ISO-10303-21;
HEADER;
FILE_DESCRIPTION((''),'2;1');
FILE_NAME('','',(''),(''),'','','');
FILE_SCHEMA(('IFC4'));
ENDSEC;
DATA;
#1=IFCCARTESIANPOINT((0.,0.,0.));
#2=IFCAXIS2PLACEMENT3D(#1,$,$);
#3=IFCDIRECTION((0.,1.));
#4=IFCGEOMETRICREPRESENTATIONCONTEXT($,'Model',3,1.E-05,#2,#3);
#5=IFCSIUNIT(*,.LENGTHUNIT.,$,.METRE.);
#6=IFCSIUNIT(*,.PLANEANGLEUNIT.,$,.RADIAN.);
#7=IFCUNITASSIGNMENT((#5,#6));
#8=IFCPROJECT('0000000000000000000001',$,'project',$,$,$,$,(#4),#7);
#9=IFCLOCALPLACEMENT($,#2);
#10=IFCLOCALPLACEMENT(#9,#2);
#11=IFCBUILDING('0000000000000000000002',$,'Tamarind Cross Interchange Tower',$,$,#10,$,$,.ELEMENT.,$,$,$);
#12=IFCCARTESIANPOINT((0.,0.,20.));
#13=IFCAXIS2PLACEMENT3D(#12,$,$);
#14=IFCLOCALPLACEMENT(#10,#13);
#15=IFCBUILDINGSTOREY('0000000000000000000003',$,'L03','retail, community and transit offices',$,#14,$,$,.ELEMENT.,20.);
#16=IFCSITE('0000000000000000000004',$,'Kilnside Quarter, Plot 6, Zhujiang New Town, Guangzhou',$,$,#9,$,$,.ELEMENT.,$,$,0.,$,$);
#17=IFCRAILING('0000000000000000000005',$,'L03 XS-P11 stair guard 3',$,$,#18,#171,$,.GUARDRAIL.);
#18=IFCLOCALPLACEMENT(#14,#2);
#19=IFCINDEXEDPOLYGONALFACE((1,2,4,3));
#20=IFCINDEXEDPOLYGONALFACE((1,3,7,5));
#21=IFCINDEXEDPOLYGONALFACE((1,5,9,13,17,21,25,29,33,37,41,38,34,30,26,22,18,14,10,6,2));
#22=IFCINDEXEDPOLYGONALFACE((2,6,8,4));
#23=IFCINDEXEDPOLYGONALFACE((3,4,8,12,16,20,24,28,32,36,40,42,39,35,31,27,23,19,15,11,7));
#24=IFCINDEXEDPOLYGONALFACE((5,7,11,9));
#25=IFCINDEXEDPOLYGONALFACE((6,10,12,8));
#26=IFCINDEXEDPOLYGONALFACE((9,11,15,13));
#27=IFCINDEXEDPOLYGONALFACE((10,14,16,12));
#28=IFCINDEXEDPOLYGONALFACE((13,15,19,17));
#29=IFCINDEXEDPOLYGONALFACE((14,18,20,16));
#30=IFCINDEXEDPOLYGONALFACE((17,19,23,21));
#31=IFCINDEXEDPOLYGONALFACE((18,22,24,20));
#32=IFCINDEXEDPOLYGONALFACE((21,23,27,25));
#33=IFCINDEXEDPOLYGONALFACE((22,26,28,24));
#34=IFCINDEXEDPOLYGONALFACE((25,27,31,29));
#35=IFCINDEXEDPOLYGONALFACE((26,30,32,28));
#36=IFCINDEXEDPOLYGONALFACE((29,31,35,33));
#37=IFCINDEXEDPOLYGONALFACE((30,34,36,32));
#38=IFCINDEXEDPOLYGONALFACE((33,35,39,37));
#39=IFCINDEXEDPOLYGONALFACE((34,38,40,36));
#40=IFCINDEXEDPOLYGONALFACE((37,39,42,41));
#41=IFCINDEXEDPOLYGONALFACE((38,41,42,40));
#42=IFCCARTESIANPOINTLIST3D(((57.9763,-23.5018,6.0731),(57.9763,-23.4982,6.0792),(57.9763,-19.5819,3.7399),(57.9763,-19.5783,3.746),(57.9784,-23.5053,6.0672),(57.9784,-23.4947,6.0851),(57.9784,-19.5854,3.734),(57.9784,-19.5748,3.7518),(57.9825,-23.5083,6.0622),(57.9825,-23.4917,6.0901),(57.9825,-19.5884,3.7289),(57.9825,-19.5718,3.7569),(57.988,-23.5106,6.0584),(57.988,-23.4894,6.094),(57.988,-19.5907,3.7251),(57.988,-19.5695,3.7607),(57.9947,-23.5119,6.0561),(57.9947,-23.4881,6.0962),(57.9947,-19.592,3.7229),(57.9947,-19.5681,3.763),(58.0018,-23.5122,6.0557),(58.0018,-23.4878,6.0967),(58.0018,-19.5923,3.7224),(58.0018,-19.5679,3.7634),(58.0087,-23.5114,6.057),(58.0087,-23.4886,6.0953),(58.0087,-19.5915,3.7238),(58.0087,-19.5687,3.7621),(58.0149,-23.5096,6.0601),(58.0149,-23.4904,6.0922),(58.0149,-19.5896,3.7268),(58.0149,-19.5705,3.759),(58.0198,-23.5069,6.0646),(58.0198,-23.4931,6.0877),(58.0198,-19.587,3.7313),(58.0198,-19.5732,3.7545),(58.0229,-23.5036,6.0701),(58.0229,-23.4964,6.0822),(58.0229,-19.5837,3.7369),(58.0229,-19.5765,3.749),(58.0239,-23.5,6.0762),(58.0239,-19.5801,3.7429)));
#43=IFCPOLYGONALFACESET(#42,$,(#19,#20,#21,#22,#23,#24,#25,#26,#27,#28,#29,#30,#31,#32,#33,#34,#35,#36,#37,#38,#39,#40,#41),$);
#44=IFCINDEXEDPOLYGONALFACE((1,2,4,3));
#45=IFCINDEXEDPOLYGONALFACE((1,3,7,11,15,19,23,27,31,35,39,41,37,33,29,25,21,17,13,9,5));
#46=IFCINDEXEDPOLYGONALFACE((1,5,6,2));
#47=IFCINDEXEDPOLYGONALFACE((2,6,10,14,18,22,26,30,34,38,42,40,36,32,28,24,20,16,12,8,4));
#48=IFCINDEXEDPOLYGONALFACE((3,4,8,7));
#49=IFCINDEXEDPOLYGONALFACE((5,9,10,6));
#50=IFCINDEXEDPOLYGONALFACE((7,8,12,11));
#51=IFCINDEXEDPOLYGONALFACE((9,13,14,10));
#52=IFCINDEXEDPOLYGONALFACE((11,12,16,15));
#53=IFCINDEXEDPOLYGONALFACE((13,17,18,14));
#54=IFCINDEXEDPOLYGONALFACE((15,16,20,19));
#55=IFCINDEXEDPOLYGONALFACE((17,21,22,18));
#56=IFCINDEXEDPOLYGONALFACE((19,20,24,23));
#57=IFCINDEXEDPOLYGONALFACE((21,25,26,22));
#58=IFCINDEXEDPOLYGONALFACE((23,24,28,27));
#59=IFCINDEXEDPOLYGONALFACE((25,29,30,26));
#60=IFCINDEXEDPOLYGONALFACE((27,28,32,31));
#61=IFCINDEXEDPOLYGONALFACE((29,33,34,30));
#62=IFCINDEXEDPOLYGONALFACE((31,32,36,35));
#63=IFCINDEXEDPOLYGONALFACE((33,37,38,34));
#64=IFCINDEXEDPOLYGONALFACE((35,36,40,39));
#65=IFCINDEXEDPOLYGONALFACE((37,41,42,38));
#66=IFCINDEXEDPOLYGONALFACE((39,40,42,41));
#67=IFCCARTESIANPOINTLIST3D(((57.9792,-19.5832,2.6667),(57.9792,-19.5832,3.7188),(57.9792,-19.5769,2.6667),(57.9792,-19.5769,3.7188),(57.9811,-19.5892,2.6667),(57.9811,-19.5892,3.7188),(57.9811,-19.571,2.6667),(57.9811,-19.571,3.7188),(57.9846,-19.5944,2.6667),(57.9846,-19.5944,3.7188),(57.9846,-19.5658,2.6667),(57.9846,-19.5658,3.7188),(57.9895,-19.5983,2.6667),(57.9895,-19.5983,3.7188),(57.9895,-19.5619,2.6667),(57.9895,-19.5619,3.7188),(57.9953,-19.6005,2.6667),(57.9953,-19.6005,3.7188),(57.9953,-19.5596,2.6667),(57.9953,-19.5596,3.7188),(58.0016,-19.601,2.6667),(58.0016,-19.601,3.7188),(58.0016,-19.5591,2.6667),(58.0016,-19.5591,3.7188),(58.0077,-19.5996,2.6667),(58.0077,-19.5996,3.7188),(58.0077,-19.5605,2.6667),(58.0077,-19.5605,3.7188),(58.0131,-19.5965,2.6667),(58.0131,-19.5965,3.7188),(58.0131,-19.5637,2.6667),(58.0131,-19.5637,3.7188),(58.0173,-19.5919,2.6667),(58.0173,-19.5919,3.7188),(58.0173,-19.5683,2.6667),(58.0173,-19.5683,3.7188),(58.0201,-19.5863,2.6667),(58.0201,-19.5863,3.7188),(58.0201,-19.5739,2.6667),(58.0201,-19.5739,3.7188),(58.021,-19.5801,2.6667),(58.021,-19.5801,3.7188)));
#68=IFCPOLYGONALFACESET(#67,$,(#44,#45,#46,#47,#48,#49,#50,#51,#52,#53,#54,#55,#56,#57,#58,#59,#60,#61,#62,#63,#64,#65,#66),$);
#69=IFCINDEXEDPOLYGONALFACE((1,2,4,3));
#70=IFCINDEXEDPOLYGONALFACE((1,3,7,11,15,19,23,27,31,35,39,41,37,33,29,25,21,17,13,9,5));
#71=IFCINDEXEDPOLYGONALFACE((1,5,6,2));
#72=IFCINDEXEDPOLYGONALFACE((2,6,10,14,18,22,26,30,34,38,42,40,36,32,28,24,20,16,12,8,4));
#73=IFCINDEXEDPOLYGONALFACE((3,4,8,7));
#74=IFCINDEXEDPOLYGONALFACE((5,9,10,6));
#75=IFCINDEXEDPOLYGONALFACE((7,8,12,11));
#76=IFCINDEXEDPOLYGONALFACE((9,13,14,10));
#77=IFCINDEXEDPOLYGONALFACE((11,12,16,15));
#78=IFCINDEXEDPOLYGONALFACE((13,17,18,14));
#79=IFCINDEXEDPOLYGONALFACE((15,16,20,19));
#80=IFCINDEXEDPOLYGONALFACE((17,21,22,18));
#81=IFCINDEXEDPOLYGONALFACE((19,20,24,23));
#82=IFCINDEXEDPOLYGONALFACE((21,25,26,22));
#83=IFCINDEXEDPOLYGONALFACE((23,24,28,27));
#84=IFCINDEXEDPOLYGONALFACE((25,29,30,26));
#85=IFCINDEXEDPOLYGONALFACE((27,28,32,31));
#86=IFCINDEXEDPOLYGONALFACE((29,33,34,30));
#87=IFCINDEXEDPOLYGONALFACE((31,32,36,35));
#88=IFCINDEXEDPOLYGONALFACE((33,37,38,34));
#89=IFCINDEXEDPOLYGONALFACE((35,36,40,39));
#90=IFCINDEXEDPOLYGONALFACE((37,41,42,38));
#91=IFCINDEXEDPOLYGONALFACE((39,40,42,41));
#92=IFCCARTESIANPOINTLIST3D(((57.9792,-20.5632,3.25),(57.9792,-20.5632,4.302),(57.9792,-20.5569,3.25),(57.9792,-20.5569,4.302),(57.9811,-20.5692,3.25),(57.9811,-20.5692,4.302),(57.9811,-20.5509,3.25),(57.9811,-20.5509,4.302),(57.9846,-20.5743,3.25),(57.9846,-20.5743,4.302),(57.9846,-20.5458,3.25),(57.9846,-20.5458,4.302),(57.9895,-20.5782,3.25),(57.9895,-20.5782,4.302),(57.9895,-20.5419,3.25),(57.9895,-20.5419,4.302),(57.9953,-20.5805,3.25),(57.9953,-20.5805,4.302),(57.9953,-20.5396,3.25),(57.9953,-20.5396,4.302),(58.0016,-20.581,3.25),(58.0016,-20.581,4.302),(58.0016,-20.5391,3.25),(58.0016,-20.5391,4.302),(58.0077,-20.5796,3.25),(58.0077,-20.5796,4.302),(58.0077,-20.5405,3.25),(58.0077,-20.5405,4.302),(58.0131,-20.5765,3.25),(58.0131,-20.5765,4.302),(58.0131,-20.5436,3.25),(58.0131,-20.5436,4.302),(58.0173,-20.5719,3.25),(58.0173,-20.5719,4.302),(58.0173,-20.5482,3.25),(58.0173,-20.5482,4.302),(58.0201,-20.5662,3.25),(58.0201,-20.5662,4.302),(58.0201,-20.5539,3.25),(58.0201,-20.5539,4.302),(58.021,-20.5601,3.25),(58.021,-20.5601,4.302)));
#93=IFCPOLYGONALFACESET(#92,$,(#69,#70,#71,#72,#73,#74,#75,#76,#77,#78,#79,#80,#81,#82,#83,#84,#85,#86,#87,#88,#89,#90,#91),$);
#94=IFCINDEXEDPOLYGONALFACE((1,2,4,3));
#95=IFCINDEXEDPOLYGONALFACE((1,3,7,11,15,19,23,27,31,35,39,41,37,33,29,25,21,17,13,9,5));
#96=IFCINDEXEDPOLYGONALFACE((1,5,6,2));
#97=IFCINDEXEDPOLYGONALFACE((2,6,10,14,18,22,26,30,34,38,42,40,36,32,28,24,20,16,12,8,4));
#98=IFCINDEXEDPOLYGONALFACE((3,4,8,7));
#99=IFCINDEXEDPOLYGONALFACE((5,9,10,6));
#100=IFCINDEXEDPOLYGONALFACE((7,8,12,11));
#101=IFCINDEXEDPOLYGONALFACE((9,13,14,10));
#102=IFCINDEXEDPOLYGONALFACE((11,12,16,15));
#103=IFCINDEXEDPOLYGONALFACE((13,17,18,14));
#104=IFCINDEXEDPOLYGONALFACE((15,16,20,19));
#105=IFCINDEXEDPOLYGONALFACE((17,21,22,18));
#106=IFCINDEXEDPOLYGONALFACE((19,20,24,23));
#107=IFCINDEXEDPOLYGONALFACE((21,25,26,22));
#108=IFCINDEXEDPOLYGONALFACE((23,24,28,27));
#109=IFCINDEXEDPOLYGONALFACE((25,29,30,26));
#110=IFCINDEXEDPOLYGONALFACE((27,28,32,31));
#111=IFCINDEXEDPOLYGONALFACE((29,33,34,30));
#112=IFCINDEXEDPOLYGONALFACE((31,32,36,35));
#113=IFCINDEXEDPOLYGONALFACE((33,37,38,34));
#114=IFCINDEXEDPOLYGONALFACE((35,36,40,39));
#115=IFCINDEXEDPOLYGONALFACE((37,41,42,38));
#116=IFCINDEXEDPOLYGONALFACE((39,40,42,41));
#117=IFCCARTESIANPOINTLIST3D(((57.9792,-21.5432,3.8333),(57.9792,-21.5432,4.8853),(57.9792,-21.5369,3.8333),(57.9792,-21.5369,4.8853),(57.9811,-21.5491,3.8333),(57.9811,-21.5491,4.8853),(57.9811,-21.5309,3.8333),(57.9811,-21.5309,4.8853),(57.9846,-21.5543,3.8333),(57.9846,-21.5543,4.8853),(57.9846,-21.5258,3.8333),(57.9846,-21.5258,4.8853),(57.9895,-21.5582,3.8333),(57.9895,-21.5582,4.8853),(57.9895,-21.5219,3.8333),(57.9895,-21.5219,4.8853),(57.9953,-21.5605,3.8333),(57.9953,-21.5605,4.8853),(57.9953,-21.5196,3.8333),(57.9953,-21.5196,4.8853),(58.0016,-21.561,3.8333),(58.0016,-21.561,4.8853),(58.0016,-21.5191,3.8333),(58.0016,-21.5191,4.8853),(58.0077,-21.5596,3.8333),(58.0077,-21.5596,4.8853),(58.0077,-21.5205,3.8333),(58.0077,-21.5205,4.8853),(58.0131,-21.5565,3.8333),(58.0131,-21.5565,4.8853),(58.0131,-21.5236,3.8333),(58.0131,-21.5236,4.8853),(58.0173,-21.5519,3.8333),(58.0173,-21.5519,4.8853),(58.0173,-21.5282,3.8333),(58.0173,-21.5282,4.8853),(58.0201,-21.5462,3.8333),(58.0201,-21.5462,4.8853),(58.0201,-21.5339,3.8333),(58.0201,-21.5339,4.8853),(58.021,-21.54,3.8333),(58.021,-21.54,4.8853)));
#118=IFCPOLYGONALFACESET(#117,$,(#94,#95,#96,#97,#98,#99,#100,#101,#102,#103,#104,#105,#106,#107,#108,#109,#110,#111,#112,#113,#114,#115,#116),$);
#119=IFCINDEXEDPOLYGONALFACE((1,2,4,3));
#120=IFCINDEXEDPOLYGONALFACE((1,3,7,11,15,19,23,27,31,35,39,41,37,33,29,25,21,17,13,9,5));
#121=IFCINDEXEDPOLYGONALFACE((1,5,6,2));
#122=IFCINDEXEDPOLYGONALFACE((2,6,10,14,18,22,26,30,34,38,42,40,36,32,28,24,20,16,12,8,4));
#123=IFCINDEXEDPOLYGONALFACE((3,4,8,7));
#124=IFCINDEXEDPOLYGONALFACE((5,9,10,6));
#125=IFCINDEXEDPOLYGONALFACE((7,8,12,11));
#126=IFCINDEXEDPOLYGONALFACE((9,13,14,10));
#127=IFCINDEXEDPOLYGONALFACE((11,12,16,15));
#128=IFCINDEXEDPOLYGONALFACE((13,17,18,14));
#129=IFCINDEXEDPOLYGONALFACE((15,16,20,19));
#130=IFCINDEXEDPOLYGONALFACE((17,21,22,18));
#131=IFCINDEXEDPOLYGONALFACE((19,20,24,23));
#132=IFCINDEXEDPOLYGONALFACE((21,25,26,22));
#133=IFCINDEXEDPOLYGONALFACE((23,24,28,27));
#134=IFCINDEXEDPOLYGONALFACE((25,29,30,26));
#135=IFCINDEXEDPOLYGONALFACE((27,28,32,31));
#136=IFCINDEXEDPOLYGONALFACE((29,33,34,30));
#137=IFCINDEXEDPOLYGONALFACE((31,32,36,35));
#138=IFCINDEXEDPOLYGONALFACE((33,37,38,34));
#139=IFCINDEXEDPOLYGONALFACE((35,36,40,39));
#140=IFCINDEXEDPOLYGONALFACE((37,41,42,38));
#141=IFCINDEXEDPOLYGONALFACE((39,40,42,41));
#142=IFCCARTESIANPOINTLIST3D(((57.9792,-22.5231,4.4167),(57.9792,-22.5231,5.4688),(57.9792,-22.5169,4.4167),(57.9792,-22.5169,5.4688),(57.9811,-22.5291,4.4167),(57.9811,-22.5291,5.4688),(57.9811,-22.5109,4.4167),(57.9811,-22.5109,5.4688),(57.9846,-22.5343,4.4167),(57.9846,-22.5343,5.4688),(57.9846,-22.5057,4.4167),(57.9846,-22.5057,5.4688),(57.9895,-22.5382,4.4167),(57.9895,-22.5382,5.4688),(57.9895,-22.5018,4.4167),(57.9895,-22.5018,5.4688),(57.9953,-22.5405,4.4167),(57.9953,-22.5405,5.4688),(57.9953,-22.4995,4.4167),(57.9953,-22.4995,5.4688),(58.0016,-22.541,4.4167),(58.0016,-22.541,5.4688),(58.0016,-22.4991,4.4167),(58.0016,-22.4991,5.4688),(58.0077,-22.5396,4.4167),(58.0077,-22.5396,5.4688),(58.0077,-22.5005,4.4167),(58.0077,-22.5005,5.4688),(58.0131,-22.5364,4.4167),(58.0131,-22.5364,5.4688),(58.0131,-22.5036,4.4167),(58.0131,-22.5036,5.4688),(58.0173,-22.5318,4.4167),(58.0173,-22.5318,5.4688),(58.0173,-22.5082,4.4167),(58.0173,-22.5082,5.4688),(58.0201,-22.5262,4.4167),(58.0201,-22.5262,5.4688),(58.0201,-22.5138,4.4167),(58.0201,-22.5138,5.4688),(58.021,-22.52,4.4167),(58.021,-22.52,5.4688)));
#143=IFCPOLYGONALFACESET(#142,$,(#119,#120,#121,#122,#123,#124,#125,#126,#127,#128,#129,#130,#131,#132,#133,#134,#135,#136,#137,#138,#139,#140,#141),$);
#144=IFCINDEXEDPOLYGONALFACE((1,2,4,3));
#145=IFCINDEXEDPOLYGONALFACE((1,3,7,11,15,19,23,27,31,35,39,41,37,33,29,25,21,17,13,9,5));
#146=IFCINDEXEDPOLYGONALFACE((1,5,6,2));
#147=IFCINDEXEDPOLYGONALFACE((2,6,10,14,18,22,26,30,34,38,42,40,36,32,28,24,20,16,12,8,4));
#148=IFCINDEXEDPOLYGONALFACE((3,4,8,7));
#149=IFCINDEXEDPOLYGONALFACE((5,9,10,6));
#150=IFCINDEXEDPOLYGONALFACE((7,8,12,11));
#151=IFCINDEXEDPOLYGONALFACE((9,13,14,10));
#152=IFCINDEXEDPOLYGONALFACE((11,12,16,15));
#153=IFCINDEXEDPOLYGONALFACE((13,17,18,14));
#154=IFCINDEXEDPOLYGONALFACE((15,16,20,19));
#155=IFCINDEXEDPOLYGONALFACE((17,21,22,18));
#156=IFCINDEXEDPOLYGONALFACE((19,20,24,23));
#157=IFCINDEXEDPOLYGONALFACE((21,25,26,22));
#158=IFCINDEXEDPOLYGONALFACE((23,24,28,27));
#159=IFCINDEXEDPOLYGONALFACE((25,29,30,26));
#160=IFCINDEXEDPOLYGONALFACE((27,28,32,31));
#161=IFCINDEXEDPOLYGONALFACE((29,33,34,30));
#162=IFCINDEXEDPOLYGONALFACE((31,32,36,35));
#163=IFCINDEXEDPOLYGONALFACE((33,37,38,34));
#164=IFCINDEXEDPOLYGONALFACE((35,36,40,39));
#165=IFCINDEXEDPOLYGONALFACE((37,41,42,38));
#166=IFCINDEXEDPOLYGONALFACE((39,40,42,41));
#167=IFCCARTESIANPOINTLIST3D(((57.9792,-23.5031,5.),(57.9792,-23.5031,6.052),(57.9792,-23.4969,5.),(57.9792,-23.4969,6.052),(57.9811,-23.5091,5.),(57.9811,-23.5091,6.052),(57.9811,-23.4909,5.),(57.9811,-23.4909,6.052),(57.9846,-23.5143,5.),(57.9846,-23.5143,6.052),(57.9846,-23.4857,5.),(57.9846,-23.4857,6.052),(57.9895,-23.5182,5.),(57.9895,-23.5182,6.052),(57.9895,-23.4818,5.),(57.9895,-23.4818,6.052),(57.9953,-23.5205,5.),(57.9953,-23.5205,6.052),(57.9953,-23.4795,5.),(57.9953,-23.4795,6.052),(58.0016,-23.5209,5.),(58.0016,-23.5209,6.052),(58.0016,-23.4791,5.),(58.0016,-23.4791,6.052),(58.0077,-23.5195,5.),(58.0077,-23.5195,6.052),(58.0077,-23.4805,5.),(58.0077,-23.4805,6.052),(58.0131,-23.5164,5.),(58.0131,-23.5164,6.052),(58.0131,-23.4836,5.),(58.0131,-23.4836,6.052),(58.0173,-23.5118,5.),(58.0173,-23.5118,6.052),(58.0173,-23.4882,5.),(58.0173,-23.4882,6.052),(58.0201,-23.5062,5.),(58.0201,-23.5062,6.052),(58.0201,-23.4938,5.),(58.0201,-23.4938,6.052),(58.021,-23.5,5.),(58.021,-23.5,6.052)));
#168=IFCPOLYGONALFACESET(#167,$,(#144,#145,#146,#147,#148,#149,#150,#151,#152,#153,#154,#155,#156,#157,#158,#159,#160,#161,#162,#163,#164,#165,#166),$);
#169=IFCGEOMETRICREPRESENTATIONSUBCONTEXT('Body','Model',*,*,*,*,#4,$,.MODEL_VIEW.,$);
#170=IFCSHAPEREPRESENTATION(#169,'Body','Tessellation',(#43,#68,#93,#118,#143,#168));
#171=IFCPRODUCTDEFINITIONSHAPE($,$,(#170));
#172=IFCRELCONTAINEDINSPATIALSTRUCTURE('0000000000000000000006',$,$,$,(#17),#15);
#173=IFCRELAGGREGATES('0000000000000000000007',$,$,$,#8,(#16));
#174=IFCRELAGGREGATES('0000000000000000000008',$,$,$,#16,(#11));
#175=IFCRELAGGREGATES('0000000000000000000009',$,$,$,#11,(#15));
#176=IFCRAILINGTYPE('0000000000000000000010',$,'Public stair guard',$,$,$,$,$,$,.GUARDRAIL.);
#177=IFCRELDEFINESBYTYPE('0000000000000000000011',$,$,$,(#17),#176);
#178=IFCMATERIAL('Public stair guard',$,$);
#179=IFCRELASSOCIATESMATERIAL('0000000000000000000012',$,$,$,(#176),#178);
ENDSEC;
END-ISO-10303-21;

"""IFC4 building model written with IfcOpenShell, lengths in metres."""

from ifc_helpers import new_model, si_unit, direction, frame, origin, origin_2d, place, context, subcontext, project, spatial, circle, extrude, material, type_object, element, save


model = new_model("IFC4")

# Units and contexts
model_context = context("Model", 3, precision=1e-05, world=origin(), true_north=direction((0.0, 1.0)))
body_context = subcontext(model_context, "Body", "Model", "MODEL_VIEW")
ifc_project = project(units=[si_unit("LENGTHUNIT", "METRE"), si_unit("PLANEANGLEUNIT", "RADIAN")], contexts=[model_context])

# Site, building, storey
site_placement = place(None, origin())
site = spatial("IfcSite", under=ifc_project, at=site_placement, Name="Kilnside Quarter, Plot 6, Zhujiang New Town, Guangzhou", CompositionType="ELEMENT", RefElevation=0.0)
building_placement = place(site_placement, origin())
building = spatial("IfcBuilding", under=site, at=building_placement, Name="Tamarind Cross Interchange Tower", CompositionType="ELEMENT")
storey_placement = place(building_placement, frame((0.0, 0.0, 20.0)))
storey = spatial("IfcBuildingStorey", under=building, at=storey_placement, Name="L03", Description="retail, community and transit offices", CompositionType="ELEMENT", Elevation=20.0)

# Railing
ifc_material_1 = material(Name="Public stair guard")
railing_type_1 = type_object("IfcRailingType", Name="Public stair guard", PredefinedType="GUARDRAIL", material=ifc_material_1)
railing_1_placement = place(storey_placement, frame((58.0, -19.5801, 2.6667)))
element("IfcRailing", 1, at=railing_1_placement, inside=storey, type_object=railing_type_1, Name="L03 XS-P11 stair guard 3", PredefinedType="GUARDRAIL", context=body_context, shape_type="SweptSolid", body=[
    extrude(circle(Radius=0.0239, at=origin_2d()), frame((0.0, 0.0, 1.0762), z_axis=(0.0, -0.859296, 0.511478), x_axis=(1.0, 0.0, 0.0)), (0.0, 0.0, 1.0), 4.5618),
    extrude(circle(Radius=0.021, at=origin_2d()), origin(), (0.0, 0.0, 1.0), 1.052),
    extrude(circle(Radius=0.021, at=origin_2d()), frame((0.0, -0.98, 0.5833)), (0.0, 0.0, 1.0), 1.052),
    extrude(circle(Radius=0.021, at=origin_2d()), frame((0.0, -1.96, 1.1665)), (0.0, 0.0, 1.0), 1.052),
    extrude(circle(Radius=0.021, at=origin_2d()), frame((0.0, -2.9399, 1.75)), (0.0, 0.0, 1.0), 1.052),
    extrude(circle(Radius=0.021, at=origin_2d()), frame((0.0, -3.9199, 2.3333)), (0.0, 0.0, 1.0), 1.052),
])

save(model, "model.ifc")
